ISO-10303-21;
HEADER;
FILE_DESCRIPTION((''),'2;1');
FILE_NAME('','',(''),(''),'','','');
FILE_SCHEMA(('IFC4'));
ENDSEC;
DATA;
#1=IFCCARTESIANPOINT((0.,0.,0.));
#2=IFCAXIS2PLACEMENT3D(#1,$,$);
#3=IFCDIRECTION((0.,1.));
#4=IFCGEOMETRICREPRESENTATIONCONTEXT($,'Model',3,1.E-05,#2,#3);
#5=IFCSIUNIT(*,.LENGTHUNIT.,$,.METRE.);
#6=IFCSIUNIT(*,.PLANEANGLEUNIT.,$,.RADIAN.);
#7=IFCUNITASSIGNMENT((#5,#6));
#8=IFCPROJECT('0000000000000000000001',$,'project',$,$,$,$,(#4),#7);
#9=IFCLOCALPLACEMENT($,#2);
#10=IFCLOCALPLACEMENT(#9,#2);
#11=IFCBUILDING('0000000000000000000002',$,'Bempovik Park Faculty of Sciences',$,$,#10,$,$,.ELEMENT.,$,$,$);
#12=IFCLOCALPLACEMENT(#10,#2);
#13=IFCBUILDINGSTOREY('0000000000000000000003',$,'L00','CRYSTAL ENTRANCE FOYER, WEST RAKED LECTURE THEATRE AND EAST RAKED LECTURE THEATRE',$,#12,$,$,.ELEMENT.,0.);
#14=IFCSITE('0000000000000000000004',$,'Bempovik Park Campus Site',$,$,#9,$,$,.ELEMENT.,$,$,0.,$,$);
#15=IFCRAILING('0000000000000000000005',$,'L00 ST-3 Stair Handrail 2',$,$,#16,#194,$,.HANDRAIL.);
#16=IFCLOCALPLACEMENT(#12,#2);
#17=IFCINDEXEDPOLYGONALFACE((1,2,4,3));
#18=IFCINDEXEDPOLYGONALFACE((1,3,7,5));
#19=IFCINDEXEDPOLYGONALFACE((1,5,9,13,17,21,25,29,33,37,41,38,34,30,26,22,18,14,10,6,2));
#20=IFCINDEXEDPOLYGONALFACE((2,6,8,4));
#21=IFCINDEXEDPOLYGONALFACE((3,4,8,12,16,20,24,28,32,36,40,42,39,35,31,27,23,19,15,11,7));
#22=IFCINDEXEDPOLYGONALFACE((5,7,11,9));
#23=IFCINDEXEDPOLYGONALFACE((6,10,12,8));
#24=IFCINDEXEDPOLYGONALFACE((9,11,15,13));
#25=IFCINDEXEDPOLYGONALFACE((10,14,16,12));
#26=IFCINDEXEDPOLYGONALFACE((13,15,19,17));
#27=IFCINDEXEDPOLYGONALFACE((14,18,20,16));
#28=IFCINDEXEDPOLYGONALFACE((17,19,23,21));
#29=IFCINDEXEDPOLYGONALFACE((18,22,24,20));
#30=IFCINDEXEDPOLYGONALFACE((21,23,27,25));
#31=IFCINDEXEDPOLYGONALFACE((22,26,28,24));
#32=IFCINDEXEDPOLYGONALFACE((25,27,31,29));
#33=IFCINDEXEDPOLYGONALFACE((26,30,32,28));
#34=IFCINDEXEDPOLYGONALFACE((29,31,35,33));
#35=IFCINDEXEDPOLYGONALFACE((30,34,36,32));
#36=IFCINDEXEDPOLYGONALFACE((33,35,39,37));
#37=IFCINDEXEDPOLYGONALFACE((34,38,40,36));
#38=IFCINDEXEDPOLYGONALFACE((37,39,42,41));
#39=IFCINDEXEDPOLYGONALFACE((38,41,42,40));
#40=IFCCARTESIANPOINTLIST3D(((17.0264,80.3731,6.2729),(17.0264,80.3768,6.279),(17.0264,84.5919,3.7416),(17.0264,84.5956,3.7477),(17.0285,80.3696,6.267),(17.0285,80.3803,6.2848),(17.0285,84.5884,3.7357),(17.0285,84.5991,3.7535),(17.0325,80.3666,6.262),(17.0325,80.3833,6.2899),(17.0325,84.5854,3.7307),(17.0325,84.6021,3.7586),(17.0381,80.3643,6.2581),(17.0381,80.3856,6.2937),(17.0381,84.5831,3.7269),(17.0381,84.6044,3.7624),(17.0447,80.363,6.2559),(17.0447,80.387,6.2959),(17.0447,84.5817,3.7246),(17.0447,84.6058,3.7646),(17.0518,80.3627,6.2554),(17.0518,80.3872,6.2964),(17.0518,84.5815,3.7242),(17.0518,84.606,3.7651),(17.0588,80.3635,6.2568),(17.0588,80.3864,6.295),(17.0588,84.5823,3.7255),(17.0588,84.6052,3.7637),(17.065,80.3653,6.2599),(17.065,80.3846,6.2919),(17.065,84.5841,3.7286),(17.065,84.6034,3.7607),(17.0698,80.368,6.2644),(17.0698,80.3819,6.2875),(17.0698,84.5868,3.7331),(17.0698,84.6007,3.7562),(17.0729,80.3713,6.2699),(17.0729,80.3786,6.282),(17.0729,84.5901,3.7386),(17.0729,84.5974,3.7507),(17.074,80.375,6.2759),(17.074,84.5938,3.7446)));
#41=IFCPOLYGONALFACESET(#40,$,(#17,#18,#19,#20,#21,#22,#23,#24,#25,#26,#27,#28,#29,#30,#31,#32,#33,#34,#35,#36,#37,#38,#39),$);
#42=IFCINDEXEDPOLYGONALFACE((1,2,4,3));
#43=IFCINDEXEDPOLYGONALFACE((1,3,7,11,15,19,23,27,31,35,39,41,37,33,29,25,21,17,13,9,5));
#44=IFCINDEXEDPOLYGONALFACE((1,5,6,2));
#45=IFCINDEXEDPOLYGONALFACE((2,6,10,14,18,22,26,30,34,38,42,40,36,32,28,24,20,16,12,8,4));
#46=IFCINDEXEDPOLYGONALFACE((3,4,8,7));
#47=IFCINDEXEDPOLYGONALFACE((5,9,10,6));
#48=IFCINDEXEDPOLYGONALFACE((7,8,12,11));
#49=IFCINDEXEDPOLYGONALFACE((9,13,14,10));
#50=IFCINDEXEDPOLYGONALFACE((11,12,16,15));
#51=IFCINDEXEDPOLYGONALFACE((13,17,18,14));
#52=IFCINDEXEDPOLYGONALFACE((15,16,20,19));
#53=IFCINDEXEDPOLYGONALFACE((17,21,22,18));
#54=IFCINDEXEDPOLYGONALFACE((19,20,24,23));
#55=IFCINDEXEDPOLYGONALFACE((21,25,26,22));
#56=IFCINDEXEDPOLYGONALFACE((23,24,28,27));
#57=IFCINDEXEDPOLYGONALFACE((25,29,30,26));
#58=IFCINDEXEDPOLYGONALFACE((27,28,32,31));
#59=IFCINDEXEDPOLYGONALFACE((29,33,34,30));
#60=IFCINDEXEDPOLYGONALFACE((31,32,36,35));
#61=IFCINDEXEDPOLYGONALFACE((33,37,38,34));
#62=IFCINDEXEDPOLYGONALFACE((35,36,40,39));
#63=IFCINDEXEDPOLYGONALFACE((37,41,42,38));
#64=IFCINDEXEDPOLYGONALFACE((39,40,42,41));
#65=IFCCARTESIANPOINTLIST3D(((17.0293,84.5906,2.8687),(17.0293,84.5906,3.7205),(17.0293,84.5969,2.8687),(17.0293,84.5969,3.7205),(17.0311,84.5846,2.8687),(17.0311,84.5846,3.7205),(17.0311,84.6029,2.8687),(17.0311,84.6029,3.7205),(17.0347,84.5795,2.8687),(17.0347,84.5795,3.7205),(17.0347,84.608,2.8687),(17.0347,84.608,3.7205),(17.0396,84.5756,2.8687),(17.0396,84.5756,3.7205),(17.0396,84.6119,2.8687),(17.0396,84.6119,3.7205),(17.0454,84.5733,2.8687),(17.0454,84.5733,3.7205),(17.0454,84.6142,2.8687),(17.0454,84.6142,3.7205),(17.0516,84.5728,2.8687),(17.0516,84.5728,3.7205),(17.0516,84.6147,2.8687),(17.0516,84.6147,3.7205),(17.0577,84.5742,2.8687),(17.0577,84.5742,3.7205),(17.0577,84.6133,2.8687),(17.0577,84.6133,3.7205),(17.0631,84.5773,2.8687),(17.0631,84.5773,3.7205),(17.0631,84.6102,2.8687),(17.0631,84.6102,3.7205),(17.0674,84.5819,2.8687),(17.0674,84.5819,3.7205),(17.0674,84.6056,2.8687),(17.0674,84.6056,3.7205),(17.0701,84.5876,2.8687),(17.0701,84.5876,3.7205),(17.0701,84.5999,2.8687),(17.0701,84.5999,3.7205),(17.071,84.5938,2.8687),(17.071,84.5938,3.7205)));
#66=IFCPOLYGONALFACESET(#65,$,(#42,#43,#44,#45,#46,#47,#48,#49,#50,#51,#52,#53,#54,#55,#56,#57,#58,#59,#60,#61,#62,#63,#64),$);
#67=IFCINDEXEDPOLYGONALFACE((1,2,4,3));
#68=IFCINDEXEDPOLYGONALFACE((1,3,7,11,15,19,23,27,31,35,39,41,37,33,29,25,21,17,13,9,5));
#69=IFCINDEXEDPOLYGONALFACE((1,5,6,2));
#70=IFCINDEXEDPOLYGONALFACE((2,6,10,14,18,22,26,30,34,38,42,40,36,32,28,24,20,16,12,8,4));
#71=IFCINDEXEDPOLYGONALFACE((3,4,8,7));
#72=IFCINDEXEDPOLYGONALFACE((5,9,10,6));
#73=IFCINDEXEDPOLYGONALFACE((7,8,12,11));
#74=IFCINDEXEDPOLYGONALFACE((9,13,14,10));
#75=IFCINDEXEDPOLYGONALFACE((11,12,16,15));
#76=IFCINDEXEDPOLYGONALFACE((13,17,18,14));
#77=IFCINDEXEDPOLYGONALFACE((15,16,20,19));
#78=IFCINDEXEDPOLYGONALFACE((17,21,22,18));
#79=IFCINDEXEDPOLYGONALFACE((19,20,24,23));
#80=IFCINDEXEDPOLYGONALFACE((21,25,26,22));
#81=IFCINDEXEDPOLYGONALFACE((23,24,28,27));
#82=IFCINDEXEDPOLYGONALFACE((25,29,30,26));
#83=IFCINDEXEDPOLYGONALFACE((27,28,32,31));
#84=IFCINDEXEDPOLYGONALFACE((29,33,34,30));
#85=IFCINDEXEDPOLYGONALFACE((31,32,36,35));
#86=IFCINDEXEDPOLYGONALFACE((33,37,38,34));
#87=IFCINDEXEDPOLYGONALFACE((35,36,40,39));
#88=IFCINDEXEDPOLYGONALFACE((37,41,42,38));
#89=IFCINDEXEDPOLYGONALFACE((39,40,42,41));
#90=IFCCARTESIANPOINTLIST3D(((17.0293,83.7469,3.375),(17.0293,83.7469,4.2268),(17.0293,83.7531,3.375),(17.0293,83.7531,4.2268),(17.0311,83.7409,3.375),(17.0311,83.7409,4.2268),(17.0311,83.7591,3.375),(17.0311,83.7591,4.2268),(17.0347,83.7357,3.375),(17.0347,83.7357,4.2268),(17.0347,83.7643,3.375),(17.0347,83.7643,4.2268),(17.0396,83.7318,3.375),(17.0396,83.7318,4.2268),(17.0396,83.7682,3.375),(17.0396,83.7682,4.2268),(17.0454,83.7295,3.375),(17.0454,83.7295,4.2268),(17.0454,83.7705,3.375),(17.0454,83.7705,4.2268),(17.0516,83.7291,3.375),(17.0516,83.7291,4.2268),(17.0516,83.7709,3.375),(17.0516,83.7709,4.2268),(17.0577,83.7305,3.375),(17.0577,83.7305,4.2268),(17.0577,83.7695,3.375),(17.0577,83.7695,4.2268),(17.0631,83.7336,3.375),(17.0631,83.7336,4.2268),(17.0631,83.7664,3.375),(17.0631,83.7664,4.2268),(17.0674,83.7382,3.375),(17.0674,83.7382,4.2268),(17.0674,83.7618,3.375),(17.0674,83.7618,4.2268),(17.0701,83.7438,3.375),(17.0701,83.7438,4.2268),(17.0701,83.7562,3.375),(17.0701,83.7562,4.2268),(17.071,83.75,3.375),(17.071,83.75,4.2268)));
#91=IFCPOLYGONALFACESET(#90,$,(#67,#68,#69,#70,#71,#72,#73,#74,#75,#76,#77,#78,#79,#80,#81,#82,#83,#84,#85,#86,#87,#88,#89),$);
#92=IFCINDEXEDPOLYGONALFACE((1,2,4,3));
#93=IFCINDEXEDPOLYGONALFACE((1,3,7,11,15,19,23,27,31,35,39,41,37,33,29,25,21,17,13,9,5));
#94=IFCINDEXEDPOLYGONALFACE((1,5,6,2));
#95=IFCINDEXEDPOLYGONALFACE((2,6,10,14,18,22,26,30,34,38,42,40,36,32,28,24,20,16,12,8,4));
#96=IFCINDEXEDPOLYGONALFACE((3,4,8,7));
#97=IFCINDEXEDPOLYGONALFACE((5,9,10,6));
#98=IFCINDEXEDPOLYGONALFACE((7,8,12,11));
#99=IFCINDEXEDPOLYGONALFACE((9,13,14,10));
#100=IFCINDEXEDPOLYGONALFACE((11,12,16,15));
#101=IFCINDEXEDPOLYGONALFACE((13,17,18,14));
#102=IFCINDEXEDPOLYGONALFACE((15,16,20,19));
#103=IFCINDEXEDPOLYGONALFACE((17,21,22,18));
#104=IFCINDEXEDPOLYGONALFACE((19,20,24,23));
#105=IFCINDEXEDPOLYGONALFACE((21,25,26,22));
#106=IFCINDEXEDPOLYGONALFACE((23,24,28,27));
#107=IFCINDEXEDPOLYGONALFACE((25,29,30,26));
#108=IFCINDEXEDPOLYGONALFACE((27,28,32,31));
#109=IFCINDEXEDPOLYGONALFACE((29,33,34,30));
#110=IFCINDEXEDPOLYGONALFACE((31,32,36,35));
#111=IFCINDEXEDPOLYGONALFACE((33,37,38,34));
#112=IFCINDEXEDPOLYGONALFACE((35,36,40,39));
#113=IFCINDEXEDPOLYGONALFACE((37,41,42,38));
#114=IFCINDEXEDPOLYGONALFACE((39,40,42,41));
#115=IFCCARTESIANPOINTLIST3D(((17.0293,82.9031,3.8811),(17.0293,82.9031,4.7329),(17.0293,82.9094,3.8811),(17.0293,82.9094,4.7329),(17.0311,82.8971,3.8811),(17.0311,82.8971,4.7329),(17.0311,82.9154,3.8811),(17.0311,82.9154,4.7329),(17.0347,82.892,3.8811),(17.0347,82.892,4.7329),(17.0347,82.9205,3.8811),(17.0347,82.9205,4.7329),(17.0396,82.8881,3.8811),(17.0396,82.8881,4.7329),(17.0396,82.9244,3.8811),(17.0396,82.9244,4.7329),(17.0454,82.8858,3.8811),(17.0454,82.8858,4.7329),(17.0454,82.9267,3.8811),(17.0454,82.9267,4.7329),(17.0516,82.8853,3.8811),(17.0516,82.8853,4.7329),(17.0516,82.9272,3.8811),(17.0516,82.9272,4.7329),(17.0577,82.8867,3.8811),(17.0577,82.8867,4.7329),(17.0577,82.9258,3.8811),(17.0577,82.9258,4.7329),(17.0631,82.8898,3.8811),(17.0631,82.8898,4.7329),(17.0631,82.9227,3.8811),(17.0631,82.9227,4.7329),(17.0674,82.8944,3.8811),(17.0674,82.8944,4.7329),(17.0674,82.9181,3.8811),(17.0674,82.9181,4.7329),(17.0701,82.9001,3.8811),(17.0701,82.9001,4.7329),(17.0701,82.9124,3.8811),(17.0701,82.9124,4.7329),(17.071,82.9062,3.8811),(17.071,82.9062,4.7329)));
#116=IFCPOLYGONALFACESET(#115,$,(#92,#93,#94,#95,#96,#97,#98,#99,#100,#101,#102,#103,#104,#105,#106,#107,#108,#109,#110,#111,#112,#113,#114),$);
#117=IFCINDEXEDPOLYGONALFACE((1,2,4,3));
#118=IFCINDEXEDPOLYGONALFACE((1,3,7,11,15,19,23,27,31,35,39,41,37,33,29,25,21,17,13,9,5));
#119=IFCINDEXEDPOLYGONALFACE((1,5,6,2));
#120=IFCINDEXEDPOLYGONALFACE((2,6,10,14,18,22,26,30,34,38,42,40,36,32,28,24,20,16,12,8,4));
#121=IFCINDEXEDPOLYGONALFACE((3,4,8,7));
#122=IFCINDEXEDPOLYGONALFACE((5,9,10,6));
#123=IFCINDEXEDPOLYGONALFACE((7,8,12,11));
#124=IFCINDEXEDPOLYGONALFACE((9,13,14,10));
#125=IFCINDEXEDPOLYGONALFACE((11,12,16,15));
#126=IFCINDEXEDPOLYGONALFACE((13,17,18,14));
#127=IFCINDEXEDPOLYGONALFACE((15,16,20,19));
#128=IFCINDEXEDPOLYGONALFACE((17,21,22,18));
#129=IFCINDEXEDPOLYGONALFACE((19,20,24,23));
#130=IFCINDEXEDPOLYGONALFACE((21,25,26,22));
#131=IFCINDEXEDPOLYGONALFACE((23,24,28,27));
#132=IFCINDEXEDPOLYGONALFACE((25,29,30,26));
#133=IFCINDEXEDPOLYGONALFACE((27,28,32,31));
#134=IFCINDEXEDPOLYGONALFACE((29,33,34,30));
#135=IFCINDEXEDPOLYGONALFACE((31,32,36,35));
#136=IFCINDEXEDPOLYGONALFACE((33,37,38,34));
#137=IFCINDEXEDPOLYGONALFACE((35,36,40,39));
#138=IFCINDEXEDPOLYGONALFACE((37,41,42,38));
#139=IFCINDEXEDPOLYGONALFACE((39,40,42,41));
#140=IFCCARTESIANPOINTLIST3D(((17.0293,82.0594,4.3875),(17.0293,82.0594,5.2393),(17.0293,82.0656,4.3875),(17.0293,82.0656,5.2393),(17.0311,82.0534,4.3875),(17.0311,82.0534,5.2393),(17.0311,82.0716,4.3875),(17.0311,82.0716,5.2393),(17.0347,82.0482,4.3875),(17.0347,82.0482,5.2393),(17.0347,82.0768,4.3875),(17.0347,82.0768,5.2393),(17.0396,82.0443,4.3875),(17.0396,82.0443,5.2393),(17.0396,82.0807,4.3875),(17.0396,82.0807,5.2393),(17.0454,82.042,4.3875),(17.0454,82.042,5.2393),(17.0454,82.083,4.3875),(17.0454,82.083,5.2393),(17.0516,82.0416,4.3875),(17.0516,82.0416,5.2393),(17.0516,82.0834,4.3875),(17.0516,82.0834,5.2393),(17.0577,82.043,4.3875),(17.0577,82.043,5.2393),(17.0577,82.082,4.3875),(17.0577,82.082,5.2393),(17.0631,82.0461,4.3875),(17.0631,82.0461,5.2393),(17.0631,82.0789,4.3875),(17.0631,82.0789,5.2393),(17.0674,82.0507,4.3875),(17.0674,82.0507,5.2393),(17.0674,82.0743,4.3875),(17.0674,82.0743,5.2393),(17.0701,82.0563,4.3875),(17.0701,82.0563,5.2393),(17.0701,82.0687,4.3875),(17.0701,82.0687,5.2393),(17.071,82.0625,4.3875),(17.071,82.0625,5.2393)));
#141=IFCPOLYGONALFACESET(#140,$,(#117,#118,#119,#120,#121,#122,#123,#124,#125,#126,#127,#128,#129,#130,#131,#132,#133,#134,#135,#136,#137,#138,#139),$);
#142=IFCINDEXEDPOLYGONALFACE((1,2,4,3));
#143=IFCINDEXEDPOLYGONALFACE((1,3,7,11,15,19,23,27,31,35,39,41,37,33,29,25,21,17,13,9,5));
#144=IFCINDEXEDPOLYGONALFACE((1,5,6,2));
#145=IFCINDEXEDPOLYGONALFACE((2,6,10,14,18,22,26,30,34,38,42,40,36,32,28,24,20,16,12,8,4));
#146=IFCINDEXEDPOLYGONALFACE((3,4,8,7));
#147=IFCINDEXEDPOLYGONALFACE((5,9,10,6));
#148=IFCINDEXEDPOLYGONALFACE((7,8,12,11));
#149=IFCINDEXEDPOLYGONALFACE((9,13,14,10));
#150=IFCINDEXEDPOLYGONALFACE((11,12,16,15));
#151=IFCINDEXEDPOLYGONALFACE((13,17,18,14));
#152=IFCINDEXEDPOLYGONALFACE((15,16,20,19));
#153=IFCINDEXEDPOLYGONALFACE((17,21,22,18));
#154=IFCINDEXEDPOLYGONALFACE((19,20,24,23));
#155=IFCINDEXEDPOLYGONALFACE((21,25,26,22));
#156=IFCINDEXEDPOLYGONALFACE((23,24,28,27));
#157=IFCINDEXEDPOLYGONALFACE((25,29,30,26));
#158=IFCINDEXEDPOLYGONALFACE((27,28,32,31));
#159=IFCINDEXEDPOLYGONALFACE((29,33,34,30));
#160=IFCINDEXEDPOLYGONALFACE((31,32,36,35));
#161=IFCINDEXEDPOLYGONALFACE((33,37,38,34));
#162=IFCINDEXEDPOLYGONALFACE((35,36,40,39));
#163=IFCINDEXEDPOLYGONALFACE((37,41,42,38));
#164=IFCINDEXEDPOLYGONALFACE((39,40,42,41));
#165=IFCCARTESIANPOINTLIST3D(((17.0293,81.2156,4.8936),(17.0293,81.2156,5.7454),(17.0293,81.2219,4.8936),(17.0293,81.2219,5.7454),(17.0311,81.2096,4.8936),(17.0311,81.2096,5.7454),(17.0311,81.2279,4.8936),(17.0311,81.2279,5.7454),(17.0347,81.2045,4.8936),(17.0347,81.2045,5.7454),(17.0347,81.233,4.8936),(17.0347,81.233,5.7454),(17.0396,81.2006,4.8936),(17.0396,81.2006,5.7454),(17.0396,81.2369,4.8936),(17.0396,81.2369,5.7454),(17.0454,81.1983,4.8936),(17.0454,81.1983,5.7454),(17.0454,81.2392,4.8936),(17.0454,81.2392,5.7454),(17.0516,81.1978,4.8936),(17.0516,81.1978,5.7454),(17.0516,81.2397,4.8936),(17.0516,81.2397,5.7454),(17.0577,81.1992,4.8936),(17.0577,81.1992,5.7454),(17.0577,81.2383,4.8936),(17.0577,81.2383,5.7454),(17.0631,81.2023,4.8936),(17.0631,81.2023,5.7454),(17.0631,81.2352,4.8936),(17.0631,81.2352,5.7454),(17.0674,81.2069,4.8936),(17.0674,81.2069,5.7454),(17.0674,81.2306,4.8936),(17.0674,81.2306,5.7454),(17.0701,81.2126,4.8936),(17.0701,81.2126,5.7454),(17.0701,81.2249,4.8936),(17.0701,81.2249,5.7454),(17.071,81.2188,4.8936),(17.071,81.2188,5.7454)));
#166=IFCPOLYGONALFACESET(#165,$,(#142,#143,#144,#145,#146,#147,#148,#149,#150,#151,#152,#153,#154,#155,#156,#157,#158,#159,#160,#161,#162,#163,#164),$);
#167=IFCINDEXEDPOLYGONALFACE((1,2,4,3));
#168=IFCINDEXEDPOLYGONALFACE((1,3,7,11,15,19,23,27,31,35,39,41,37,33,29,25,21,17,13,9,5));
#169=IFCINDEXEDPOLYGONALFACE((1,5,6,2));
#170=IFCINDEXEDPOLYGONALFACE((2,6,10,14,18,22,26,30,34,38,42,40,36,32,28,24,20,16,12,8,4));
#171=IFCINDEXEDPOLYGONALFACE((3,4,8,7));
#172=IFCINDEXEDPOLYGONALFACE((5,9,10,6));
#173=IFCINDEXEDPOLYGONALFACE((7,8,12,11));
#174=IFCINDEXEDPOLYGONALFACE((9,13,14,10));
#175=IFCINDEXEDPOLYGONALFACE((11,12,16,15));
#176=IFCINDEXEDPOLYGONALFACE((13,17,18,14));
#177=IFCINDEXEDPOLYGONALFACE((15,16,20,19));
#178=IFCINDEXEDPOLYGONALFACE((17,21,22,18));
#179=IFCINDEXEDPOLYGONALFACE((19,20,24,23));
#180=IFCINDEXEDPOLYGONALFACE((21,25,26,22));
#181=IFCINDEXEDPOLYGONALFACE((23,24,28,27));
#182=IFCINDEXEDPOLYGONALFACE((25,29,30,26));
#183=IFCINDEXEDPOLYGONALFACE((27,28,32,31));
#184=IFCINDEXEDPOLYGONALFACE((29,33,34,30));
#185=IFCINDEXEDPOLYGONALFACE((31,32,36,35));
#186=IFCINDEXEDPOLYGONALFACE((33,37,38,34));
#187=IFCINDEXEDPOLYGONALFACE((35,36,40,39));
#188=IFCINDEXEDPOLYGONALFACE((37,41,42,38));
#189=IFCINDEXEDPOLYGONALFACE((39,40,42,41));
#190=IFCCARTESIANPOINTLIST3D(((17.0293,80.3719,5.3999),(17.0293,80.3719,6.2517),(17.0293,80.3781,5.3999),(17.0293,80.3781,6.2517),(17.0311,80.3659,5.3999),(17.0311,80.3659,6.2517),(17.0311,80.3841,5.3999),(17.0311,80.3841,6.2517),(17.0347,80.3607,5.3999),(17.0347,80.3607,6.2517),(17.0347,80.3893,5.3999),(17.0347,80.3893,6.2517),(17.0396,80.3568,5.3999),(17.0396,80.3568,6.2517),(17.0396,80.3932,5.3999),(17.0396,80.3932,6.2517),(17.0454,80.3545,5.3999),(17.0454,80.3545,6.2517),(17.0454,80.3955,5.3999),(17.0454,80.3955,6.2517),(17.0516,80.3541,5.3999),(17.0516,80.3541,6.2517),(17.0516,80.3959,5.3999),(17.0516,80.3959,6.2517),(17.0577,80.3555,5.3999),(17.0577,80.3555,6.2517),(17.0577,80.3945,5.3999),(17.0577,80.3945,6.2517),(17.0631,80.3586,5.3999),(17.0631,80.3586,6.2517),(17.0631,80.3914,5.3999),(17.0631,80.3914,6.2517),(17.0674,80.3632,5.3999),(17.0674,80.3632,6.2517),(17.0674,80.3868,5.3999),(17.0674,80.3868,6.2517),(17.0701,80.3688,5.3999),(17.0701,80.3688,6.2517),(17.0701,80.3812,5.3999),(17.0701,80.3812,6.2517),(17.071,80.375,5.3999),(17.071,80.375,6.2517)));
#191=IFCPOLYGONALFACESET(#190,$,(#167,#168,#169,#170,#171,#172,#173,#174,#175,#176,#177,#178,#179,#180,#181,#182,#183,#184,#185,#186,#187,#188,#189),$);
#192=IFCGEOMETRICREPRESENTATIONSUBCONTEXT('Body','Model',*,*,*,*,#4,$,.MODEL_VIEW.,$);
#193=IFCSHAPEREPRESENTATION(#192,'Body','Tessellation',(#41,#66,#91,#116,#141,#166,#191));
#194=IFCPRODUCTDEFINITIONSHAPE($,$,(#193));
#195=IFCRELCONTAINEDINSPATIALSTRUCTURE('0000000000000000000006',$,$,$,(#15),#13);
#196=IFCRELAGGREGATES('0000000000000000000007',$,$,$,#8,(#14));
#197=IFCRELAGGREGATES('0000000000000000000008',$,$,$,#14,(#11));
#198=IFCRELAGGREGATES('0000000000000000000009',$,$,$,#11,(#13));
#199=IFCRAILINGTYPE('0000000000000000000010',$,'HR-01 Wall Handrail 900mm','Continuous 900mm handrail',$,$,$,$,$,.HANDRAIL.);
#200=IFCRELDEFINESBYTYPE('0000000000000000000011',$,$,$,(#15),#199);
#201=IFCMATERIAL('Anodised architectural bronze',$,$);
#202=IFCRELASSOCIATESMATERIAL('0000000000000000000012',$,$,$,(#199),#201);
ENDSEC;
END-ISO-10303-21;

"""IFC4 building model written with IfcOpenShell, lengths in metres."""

from ifc_helpers import new_model, si_unit, direction, frame, origin, origin_2d, place, context, subcontext, project, spatial, circle, extrude, material, type_object, element, save


model = new_model("IFC4")

# Units and contexts
model_context = context("Model", 3, precision=1e-05, world=origin(), true_north=direction((0.0, 1.0)))
body_context = subcontext(model_context, "Body", "Model", "MODEL_VIEW")
ifc_project = project(units=[si_unit("LENGTHUNIT", "METRE"), si_unit("PLANEANGLEUNIT", "RADIAN")], contexts=[model_context])

# Site, building, storey
site_placement = place(None, origin())
site = spatial("IfcSite", under=ifc_project, at=site_placement, Name="Bempovik Park Campus Site", CompositionType="ELEMENT", RefElevation=0.0)
building_placement = place(site_placement, origin())
building = spatial("IfcBuilding", under=site, at=building_placement, Name="Bempovik Park Faculty of Sciences", CompositionType="ELEMENT")
storey_placement = place(building_placement, origin())
storey = spatial("IfcBuildingStorey", under=building, at=storey_placement, Name="L00", Description="CRYSTAL ENTRANCE FOYER, WEST RAKED LECTURE THEATRE AND EAST RAKED LECTURE THEATRE", CompositionType="ELEMENT", Elevation=0.0)

# Railing
ifc_material_1 = material(Name="Anodised architectural bronze")
railing_type = type_object("IfcRailingType", Name="HR-01 Wall Handrail 900mm", Description="Continuous 900mm handrail", PredefinedType="HANDRAIL", material=ifc_material_1)
railing_placement = place(storey_placement, frame((17.05, 84.5938, 2.8687)))
element("IfcRailing", 1, at=railing_placement, inside=storey, type_object=railing_type, Name="L00 ST-3 Stair Handrail 2", PredefinedType="HANDRAIL", context=body_context, shape_type="SweptSolid", body=[
    extrude(circle(Radius=0.0239, at=origin_2d()), frame((0.0, 0.0, 0.876), z_axis=(0.0, -0.857493, 0.514496), x_axis=(1.0, 0.0, 0.0)), (0.0, 0.0, 1.0), 4.9199),
    extrude(circle(Radius=0.021, at=origin_2d()), origin(), (0.0, 0.0, 1.0), 0.8518),
    extrude(circle(Radius=0.021, at=origin_2d()), frame((0.0, -0.8438, 0.5063)), (0.0, 0.0, 1.0), 0.8518),
    extrude(circle(Radius=0.021, at=origin_2d()), frame((0.0, -1.6875, 1.0125)), (0.0, 0.0, 1.0), 0.8518),
    extrude(circle(Radius=0.021, at=origin_2d()), frame((0.0, -2.5312, 1.5188)), (0.0, 0.0, 1.0), 0.8518),
    extrude(circle(Radius=0.021, at=origin_2d()), frame((0.0, -3.375, 2.0249)), (0.0, 0.0, 1.0), 0.8518),
    extrude(circle(Radius=0.021, at=origin_2d()), frame((0.0, -4.2188, 2.5312)), (0.0, 0.0, 1.0), 0.8518),
])

save(model, "model.ifc")
